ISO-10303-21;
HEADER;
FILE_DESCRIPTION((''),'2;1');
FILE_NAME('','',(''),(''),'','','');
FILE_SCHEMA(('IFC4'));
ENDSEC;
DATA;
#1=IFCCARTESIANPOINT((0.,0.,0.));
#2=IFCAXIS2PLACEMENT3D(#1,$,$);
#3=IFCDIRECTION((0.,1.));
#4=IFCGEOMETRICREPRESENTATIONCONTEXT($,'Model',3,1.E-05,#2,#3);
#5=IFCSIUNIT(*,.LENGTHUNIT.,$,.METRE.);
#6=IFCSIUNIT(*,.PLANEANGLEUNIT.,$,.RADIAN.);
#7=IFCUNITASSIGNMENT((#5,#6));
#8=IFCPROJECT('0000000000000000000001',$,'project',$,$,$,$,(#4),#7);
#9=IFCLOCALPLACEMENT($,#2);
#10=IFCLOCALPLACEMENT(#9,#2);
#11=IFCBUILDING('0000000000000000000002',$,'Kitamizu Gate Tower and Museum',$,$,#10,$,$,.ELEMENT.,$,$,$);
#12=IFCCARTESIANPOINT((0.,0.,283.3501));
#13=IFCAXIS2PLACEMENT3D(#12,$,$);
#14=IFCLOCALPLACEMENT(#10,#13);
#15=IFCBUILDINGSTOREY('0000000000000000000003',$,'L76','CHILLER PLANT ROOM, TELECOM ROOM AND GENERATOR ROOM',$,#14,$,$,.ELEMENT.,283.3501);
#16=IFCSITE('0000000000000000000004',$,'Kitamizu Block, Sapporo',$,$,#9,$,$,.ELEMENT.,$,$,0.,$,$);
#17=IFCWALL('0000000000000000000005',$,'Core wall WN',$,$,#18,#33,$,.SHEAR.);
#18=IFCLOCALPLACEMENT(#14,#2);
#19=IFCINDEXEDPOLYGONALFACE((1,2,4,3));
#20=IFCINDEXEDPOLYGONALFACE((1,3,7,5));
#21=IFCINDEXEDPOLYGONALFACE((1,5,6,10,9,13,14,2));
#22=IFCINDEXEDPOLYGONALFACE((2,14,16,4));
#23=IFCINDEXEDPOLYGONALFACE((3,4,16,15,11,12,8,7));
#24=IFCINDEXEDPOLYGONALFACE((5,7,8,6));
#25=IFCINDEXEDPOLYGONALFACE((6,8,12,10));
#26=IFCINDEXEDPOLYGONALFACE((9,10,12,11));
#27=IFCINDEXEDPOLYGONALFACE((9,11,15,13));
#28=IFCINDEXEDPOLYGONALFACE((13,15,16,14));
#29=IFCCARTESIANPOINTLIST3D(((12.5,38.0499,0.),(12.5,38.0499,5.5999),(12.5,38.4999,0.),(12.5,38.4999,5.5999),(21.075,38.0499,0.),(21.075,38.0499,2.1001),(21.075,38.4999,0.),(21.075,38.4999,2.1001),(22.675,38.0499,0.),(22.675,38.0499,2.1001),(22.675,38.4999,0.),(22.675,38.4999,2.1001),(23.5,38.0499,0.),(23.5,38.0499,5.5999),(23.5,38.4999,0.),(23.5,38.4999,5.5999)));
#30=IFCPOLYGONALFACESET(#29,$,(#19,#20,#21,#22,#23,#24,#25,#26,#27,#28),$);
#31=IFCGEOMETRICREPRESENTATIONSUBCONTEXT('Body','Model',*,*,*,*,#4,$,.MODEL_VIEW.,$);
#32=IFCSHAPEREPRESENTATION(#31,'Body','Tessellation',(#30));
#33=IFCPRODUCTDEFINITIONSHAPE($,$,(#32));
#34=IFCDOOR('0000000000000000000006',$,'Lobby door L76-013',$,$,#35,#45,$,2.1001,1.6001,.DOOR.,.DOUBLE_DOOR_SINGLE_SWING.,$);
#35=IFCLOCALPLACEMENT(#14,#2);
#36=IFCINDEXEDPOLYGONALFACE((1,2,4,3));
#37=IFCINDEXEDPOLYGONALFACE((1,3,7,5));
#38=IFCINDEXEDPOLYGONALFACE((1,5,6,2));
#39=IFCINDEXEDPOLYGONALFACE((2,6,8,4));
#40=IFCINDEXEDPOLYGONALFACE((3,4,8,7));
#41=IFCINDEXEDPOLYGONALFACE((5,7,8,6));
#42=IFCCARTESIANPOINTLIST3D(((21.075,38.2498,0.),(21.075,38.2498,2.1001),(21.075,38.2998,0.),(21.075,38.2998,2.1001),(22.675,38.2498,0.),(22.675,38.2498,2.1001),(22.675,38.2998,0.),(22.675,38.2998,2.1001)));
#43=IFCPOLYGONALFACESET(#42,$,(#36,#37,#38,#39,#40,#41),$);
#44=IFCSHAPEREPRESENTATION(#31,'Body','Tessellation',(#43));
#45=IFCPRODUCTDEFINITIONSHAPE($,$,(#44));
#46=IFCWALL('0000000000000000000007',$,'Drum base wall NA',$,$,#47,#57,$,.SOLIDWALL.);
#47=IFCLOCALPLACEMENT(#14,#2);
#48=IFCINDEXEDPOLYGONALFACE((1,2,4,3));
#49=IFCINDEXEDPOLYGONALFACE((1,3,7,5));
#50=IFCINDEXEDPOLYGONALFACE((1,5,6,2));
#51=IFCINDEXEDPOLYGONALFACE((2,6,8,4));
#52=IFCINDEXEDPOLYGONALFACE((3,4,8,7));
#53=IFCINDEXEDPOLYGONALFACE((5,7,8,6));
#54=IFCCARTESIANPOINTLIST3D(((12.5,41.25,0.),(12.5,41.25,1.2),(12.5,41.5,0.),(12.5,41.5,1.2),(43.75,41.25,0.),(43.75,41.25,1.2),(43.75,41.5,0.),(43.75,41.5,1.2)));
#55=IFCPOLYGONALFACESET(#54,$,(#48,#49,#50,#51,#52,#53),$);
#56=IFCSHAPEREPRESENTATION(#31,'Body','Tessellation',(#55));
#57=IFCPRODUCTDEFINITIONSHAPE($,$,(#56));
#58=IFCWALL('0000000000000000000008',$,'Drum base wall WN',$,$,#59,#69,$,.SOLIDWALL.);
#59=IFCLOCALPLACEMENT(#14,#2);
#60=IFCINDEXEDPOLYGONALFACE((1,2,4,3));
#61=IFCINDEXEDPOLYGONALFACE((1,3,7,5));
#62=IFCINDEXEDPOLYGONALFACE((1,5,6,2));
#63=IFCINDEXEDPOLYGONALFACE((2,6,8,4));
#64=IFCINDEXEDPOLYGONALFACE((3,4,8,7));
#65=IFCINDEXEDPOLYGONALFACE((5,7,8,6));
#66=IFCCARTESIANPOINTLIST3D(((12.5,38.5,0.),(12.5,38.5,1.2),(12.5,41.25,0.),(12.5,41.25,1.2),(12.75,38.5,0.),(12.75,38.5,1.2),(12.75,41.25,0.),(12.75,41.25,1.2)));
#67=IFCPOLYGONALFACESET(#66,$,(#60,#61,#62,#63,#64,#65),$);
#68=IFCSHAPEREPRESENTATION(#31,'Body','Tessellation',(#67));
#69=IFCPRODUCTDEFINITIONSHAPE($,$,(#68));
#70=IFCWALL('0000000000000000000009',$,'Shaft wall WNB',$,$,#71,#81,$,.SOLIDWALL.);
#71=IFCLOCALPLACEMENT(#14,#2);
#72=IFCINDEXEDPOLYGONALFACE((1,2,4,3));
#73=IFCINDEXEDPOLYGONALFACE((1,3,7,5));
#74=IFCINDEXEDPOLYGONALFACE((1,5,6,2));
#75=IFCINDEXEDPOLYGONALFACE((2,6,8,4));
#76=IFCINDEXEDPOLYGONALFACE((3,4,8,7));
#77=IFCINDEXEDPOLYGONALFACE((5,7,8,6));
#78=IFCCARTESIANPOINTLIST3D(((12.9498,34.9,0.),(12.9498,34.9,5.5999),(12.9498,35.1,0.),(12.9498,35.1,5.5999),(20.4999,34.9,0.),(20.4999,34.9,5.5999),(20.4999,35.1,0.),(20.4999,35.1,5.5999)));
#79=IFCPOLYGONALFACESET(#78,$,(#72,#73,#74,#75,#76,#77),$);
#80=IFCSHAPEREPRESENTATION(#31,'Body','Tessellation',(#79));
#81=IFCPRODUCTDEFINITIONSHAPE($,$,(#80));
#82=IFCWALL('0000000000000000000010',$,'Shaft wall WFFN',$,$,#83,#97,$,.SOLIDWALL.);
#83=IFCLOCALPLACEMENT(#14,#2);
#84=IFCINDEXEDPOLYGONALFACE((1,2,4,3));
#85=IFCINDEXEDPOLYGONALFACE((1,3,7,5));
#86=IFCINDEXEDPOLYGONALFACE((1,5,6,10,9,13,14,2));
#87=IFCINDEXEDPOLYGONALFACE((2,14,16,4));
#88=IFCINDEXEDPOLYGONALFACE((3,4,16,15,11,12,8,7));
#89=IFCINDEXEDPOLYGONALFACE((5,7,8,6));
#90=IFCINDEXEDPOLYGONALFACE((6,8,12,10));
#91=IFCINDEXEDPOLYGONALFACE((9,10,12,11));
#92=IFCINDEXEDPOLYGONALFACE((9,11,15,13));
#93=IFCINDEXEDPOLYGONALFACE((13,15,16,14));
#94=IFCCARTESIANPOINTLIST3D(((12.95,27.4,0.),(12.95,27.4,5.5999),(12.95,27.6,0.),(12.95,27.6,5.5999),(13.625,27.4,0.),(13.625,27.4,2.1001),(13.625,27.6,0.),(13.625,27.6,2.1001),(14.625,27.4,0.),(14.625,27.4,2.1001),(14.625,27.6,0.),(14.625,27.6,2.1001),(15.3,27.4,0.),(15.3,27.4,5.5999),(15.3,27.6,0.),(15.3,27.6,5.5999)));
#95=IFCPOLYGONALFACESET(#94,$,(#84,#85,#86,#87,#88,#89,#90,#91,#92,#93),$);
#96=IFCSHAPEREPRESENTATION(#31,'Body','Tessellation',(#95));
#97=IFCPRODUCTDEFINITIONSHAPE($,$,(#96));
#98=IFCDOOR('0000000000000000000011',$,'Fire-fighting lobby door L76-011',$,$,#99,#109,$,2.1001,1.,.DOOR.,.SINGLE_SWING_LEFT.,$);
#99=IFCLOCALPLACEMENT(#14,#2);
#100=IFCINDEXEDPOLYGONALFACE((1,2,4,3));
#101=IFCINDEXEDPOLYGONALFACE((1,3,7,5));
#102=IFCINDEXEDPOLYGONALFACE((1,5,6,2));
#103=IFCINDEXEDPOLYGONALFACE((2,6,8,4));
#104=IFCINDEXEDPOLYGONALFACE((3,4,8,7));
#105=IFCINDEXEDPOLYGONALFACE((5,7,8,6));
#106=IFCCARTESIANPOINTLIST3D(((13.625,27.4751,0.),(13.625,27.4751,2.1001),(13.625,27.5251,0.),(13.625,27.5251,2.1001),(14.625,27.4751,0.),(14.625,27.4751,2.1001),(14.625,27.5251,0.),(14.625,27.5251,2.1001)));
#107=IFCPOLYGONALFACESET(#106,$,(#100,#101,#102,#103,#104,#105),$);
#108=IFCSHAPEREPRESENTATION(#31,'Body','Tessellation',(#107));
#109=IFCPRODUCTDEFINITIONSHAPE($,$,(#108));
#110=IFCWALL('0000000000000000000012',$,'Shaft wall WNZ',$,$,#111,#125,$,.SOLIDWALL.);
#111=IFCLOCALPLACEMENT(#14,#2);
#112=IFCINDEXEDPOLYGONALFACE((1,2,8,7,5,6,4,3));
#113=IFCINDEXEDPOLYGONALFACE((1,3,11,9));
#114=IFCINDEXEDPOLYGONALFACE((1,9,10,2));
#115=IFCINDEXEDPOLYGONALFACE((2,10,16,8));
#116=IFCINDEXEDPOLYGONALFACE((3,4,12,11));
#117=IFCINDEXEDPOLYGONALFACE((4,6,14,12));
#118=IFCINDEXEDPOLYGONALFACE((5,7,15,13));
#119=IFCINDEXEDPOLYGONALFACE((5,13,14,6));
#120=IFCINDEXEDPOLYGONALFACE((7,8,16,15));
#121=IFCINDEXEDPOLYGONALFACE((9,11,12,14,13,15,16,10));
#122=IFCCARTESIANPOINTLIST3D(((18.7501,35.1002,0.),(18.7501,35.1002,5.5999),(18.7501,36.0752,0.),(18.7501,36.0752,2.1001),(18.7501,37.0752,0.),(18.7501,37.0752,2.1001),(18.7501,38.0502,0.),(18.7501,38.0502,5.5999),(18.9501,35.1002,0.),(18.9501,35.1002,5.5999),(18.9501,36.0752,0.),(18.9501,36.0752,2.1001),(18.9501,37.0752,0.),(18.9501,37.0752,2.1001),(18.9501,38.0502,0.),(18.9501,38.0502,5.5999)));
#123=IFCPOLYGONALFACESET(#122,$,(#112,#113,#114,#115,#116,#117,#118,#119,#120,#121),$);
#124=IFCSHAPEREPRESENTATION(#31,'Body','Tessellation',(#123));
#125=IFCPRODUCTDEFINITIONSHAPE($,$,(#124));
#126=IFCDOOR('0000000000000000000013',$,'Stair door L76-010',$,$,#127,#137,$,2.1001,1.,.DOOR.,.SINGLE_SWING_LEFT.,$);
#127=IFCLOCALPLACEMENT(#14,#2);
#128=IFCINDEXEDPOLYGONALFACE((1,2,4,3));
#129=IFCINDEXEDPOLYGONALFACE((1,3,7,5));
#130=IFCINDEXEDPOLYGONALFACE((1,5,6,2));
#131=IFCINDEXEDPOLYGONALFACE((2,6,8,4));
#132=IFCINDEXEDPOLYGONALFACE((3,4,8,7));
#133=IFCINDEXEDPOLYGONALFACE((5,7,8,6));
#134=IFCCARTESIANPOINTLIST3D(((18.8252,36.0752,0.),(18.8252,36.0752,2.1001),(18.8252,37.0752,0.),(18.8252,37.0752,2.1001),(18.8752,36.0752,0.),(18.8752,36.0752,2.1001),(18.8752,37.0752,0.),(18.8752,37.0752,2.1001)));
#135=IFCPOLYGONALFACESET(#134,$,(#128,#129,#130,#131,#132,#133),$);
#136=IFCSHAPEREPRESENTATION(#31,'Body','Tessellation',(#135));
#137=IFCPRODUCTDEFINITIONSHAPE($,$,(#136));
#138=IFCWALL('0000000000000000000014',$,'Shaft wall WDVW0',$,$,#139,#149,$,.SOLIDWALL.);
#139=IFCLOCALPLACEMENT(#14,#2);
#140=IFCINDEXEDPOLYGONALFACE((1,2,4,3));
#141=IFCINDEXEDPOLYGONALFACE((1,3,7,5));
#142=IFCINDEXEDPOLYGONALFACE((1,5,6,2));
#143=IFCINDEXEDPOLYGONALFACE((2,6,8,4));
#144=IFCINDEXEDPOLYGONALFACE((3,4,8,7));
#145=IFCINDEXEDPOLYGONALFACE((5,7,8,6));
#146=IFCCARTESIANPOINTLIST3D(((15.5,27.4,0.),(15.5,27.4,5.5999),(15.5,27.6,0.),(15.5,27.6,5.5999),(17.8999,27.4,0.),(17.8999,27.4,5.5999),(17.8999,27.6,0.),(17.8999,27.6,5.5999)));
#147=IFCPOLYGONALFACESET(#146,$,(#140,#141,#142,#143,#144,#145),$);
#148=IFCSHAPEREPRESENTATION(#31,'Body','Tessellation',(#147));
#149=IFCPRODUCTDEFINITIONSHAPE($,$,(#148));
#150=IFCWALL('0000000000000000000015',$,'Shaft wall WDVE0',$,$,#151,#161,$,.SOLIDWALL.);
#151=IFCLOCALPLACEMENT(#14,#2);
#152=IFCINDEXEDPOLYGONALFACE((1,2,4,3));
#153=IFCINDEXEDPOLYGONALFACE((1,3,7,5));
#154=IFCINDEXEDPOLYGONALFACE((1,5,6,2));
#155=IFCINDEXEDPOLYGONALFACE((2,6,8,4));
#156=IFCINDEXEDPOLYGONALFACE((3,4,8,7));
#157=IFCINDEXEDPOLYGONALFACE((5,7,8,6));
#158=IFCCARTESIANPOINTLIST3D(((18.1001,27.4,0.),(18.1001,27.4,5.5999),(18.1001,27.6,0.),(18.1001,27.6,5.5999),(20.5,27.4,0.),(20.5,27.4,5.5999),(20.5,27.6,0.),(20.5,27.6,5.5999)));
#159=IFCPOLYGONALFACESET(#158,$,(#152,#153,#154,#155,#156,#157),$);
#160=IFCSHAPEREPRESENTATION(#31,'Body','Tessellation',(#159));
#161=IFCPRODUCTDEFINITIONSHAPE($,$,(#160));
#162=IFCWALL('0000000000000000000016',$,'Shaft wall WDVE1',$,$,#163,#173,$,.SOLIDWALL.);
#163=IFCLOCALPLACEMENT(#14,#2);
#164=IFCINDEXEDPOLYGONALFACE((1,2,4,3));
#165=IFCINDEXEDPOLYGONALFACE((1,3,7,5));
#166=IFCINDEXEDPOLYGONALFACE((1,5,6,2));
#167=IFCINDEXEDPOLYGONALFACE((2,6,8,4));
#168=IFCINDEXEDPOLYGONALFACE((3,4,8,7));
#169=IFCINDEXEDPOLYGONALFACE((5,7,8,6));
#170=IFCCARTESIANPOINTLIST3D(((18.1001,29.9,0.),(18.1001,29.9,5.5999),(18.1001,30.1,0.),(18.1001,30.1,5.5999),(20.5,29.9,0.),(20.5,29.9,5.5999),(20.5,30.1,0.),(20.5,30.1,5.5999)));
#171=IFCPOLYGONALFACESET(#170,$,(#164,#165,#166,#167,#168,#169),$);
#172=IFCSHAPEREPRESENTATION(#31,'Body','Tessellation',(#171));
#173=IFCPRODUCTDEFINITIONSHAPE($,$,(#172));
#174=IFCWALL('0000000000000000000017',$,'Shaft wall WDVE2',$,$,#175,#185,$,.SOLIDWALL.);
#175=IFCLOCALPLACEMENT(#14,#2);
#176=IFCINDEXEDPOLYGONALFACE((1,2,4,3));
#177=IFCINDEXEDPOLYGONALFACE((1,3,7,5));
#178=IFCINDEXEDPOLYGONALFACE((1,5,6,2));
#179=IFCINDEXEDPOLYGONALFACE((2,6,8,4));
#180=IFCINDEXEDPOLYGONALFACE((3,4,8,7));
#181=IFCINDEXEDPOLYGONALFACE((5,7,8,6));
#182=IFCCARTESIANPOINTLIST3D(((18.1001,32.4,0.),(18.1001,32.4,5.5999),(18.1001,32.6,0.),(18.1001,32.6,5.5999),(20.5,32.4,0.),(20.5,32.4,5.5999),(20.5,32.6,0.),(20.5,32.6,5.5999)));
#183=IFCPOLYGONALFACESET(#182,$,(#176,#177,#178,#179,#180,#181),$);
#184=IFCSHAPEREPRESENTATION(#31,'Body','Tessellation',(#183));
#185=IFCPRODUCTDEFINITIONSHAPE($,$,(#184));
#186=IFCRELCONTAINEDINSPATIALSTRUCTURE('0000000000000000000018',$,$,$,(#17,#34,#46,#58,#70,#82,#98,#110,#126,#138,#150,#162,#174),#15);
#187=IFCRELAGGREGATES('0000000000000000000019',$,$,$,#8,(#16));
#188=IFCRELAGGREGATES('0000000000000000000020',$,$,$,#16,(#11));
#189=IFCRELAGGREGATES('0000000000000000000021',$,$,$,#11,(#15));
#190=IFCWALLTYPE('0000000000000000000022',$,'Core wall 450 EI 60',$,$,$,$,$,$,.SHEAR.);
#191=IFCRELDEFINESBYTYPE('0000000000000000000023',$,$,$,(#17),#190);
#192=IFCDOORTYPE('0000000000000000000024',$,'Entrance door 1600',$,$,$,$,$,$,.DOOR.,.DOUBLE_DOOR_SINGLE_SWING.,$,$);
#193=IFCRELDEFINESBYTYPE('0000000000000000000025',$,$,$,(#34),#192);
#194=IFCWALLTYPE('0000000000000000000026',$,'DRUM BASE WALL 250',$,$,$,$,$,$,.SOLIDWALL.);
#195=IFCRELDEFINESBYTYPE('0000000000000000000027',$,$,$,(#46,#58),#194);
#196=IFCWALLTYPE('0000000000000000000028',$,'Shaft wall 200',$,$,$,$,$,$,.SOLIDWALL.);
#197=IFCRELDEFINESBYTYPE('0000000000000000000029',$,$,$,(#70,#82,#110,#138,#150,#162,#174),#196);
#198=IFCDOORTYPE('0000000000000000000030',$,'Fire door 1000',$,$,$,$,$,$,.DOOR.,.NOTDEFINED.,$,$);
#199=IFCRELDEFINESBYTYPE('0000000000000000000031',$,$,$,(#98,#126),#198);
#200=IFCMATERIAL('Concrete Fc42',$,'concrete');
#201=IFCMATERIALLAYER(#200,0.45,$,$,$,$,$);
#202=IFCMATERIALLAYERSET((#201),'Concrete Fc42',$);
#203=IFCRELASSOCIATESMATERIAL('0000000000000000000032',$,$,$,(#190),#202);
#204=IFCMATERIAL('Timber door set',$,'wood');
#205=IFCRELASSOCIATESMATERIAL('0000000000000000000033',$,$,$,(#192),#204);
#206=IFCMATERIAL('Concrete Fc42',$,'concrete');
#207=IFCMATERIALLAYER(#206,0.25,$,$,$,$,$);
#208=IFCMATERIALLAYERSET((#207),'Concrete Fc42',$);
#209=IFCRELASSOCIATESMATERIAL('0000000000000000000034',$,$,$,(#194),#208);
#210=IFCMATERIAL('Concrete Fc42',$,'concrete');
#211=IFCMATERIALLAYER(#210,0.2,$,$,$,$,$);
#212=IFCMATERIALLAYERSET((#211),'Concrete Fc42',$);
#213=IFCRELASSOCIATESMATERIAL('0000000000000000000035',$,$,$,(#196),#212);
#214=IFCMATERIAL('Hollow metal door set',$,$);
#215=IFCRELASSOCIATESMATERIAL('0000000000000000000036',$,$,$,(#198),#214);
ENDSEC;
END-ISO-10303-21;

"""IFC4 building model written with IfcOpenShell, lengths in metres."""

from ifc_helpers import new_model, si_unit, direction, frame, frame_2d, origin, place, context, subcontext, project, spatial, rectangle, extrude, material, layer, layer_set, type_object, element, fill, save


model = new_model("IFC4")

# Units and contexts
model_context = context("Model", 3, precision=1e-05, world=origin(), true_north=direction((0.0, 1.0)))
body_context = subcontext(model_context, "Body", "Model", "MODEL_VIEW")
ifc_project = project(units=[si_unit("LENGTHUNIT", "METRE"), si_unit("PLANEANGLEUNIT", "RADIAN")], contexts=[model_context])

# Site, building, storey
site_placement = place(None, origin())
site = spatial("IfcSite", under=ifc_project, at=site_placement, Name="Kitamizu Block, Sapporo", CompositionType="ELEMENT", RefElevation=0.0)
building_placement = place(site_placement, origin())
building = spatial("IfcBuilding", under=site, at=building_placement, Name="Kitamizu Gate Tower and Museum", CompositionType="ELEMENT")
storey_placement = place(building_placement, frame((0.0, 0.0, 283.3501)))
storey = spatial("IfcBuildingStorey", under=building, at=storey_placement, Name="L76", Description="CHILLER PLANT ROOM, TELECOM ROOM AND GENERATOR ROOM", CompositionType="ELEMENT", Elevation=283.3501)

# Wall, opening, door
ifc_material_1 = material(Name="Concrete Fc42", Category="concrete")
ifc_layer_1 = layer(ifc_material_1, 0.45)
ifc_layer_set_1 = layer_set([ifc_layer_1], Name="Concrete Fc42")
wall_type_1 = type_object("IfcWallType", Name="Core wall 450 EI 60", PredefinedType="SHEAR", material=ifc_layer_set_1)
wall_1_placement = place(storey_placement, frame((12.5, 38.2749, 0.0), z_axis=(0.0, 0.0, 1.0), x_axis=(1.0, 0.0, 0.0)))
wall_1 = element("IfcWall", 1, at=wall_1_placement, inside=storey, type_object=wall_type_1, Name="Core wall WN", PredefinedType="SHEAR", context=body_context, shape_type="SweptSolid", body=[
    extrude(rectangle(XDim=11.0, YDim=0.45, at=frame_2d((5.5, 0.0))), origin(), (0.0, 0.0, 1.0), 5.5999),
])
opening_1_placement = place(wall_1_placement, frame((8.575, 0.0, 0.0)))
opening_1 = element("IfcOpeningElement", 2, at=opening_1_placement, cuts=wall_1, PredefinedType="OPENING", context=body_context, shape_type="SweptSolid", body=[
    extrude(rectangle(XDim=1.6001, YDim=2.1001, at=frame_2d((0.8, 1.05))), frame((0.0, 0.2349, 0.0), z_axis=(0.0, -1.0, 0.0), x_axis=(1.0, 0.0, 0.0)), (0.0, 0.0, 1.0), 0.47),
])
ifc_material_2 = material(Name="Timber door set", Category="wood")
door_type_1 = type_object("IfcDoorType", Name="Entrance door 1600", OperationType="DOUBLE_DOOR_SINGLE_SWING", PredefinedType="DOOR", material=ifc_material_2)
door_1_placement = place(opening_1_placement, origin())
door_1 = element("IfcDoor", 3, at=door_1_placement, inside=storey, type_object=door_type_1, Name="Lobby door L76-013", OperationType="DOUBLE_DOOR_SINGLE_SWING", OverallHeight=2.1001, OverallWidth=1.6001, PredefinedType="DOOR", context=body_context, shape_type="SweptSolid", body=[
    extrude(rectangle(XDim=1.6001, YDim=2.1001, at=frame_2d((0.8, 1.05))), frame((0.0, 0.0249, 0.0), z_axis=(0.0, -1.0, 0.0), x_axis=(1.0, 0.0, 0.0)), (0.0, 0.0, 1.0), 0.05),
])
fill(opening_1, door_1)

# Walls
ifc_material_3 = material(Name="Concrete Fc42", Category="concrete")
ifc_layer_2 = layer(ifc_material_3, 0.25)
ifc_layer_set_2 = layer_set([ifc_layer_2], Name="Concrete Fc42")
wall_type_2 = type_object("IfcWallType", Name="DRUM BASE WALL 250", PredefinedType="SOLIDWALL", material=ifc_layer_set_2)
wall_2_placement = place(storey_placement, frame((12.5, 41.375, 0.0), z_axis=(0.0, 0.0, 1.0), x_axis=(1.0, 0.0, 0.0)))
element("IfcWall", 4, at=wall_2_placement, inside=storey, type_object=wall_type_2, Name="Drum base wall NA", PredefinedType="SOLIDWALL", context=body_context, shape_type="SweptSolid", body=[
    extrude(rectangle(XDim=31.25, YDim=0.25, at=frame_2d((15.625, 0.0))), origin(), (0.0, 0.0, 1.0), 1.2),
])
wall_3_placement = place(storey_placement, frame((12.625, 38.5, 0.0), z_axis=(0.0, 0.0, 1.0), x_axis=(0.0, 1.0, 0.0)))
element("IfcWall", 5, at=wall_3_placement, inside=storey, type_object=wall_type_2, Name="Drum base wall WN", PredefinedType="SOLIDWALL", context=body_context, shape_type="SweptSolid", body=[
    extrude(rectangle(XDim=2.75, YDim=0.25, at=frame_2d((1.375, 0.0))), origin(), (0.0, 0.0, 1.0), 1.2),
])
ifc_material_4 = material(Name="Concrete Fc42", Category="concrete")
ifc_layer_3 = layer(ifc_material_4, 0.2)
ifc_layer_set_3 = layer_set([ifc_layer_3], Name="Concrete Fc42")
wall_type_3 = type_object("IfcWallType", Name="Shaft wall 200", PredefinedType="SOLIDWALL", material=ifc_layer_set_3)
wall_4_placement = place(storey_placement, frame((12.95, 35.0, 0.0), z_axis=(0.0, 0.0, 1.0), x_axis=(1.0, 0.0, 0.0)))
element("IfcWall", 6, at=wall_4_placement, inside=storey, type_object=wall_type_3, Name="Shaft wall WNB", PredefinedType="SOLIDWALL", context=body_context, shape_type="SweptSolid", body=[
    extrude(rectangle(XDim=7.55, YDim=0.2, at=frame_2d((3.7749, 0.0))), origin(), (0.0, 0.0, 1.0), 5.5999),
])

# Walls, openings, doors
wall_5_placement = place(storey_placement, frame((12.95, 27.5, 0.0), z_axis=(0.0, 0.0, 1.0), x_axis=(1.0, 0.0, 0.0)))
wall_5 = element("IfcWall", 7, at=wall_5_placement, inside=storey, type_object=wall_type_3, Name="Shaft wall WFFN", PredefinedType="SOLIDWALL", context=body_context, shape_type="SweptSolid", body=[
    extrude(rectangle(XDim=2.3501, YDim=0.2, at=frame_2d((1.175, 0.0))), origin(), (0.0, 0.0, 1.0), 5.5999),
])
opening_2_placement = place(wall_5_placement, frame((0.675, 0.0, 0.0)))
opening_2 = element("IfcOpeningElement", 8, at=opening_2_placement, cuts=wall_5, PredefinedType="OPENING", context=body_context, shape_type="SweptSolid", body=[
    extrude(rectangle(XDim=1.0, YDim=2.1001, at=frame_2d((0.5, 1.05))), frame((0.0, 0.1099, 0.0), z_axis=(0.0, -1.0, 0.0), x_axis=(1.0, 0.0, 0.0)), (0.0, 0.0, 1.0), 0.22),
])
ifc_material_5 = material(Name="Hollow metal door set")
door_type_2 = type_object("IfcDoorType", Name="Fire door 1000", OperationType="NOTDEFINED", PredefinedType="DOOR", material=ifc_material_5)
door_2_placement = place(opening_2_placement, frame((1.0, 0.0, 0.0), x_axis=(-1.0, 0.0, 0.0)))
door_2 = element("IfcDoor", 9, at=door_2_placement, inside=storey, type_object=door_type_2, Name="Fire-fighting lobby door L76-011", OperationType="SINGLE_SWING_LEFT", OverallHeight=2.1001, OverallWidth=1.0, PredefinedType="DOOR", context=body_context, shape_type="SweptSolid", body=[
    extrude(rectangle(XDim=1.0, YDim=2.1001, at=frame_2d((0.5, 1.05))), frame((0.0, 0.0249, 0.0), z_axis=(0.0, -1.0, 0.0), x_axis=(1.0, 0.0, 0.0)), (0.0, 0.0, 1.0), 0.05),
])
fill(opening_2, door_2)
wall_6_placement = place(storey_placement, frame((18.8501, 35.1001, 0.0), z_axis=(0.0, 0.0, 1.0), x_axis=(0.0, 1.0, 0.0)))
wall_6 = element("IfcWall", 10, at=wall_6_placement, inside=storey, type_object=wall_type_3, Name="Shaft wall WNZ", PredefinedType="SOLIDWALL", context=body_context, shape_type="SweptSolid", body=[
    extrude(rectangle(XDim=2.95, YDim=0.2, at=frame_2d((1.4751, 0.0))), origin(), (0.0, 0.0, 1.0), 5.5999),
])
opening_3_placement = place(wall_6_placement, frame((0.9751, 0.0, 0.0)))
opening_3 = element("IfcOpeningElement", 11, at=opening_3_placement, cuts=wall_6, PredefinedType="OPENING", context=body_context, shape_type="SweptSolid", body=[
    extrude(rectangle(XDim=1.0, YDim=2.1001, at=frame_2d((0.5, 1.05))), frame((0.0, 0.1099, 0.0), z_axis=(0.0, -1.0, 0.0), x_axis=(1.0, 0.0, 0.0)), (0.0, 0.0, 1.0), 0.22),
])
door_3_placement = place(opening_3_placement, origin())
door_3 = element("IfcDoor", 12, at=door_3_placement, inside=storey, type_object=door_type_2, Name="Stair door L76-010", OperationType="SINGLE_SWING_LEFT", OverallHeight=2.1001, OverallWidth=1.0, PredefinedType="DOOR", context=body_context, shape_type="SweptSolid", body=[
    extrude(rectangle(XDim=1.0, YDim=2.1001, at=frame_2d((0.5, 1.05))), frame((0.0, 0.0249, 0.0), z_axis=(0.0, -1.0, 0.0), x_axis=(1.0, 0.0, 0.0)), (0.0, 0.0, 1.0), 0.05),
])
fill(opening_3, door_3)

# Walls
for number, where, z_axis, x_axis, name in (
    (13, (15.5, 27.5, 0.0), (0.0, 0.0, 1.0), (1.0, 0.0, 0.0), "Shaft wall WDVW0"),
    (14, (18.1001, 27.5, 0.0), (0.0, 0.0, 1.0), (1.0, 0.0, 0.0), "Shaft wall WDVE0"),
    (15, (18.1001, 30.0, 0.0), (0.0, 0.0, 1.0), (1.0, 0.0, 0.0), "Shaft wall WDVE1"),
    (16, (18.1001, 32.5, 0.0), (0.0, 0.0, 1.0), (1.0, 0.0, 0.0), "Shaft wall WDVE2"),
):
    element("IfcWall", number, at=place(storey_placement, frame(where, z_axis=z_axis, x_axis=x_axis)), inside=storey, type_object=wall_type_3, Name=name, PredefinedType="SOLIDWALL", context=body_context, shape_type="SweptSolid", body=[
        extrude(rectangle(XDim=2.3999, YDim=0.2, at=frame_2d((1.2, 0.0))), origin(), (0.0, 0.0, 1.0), 5.5999),
    ])

save(model, "model.ifc")
